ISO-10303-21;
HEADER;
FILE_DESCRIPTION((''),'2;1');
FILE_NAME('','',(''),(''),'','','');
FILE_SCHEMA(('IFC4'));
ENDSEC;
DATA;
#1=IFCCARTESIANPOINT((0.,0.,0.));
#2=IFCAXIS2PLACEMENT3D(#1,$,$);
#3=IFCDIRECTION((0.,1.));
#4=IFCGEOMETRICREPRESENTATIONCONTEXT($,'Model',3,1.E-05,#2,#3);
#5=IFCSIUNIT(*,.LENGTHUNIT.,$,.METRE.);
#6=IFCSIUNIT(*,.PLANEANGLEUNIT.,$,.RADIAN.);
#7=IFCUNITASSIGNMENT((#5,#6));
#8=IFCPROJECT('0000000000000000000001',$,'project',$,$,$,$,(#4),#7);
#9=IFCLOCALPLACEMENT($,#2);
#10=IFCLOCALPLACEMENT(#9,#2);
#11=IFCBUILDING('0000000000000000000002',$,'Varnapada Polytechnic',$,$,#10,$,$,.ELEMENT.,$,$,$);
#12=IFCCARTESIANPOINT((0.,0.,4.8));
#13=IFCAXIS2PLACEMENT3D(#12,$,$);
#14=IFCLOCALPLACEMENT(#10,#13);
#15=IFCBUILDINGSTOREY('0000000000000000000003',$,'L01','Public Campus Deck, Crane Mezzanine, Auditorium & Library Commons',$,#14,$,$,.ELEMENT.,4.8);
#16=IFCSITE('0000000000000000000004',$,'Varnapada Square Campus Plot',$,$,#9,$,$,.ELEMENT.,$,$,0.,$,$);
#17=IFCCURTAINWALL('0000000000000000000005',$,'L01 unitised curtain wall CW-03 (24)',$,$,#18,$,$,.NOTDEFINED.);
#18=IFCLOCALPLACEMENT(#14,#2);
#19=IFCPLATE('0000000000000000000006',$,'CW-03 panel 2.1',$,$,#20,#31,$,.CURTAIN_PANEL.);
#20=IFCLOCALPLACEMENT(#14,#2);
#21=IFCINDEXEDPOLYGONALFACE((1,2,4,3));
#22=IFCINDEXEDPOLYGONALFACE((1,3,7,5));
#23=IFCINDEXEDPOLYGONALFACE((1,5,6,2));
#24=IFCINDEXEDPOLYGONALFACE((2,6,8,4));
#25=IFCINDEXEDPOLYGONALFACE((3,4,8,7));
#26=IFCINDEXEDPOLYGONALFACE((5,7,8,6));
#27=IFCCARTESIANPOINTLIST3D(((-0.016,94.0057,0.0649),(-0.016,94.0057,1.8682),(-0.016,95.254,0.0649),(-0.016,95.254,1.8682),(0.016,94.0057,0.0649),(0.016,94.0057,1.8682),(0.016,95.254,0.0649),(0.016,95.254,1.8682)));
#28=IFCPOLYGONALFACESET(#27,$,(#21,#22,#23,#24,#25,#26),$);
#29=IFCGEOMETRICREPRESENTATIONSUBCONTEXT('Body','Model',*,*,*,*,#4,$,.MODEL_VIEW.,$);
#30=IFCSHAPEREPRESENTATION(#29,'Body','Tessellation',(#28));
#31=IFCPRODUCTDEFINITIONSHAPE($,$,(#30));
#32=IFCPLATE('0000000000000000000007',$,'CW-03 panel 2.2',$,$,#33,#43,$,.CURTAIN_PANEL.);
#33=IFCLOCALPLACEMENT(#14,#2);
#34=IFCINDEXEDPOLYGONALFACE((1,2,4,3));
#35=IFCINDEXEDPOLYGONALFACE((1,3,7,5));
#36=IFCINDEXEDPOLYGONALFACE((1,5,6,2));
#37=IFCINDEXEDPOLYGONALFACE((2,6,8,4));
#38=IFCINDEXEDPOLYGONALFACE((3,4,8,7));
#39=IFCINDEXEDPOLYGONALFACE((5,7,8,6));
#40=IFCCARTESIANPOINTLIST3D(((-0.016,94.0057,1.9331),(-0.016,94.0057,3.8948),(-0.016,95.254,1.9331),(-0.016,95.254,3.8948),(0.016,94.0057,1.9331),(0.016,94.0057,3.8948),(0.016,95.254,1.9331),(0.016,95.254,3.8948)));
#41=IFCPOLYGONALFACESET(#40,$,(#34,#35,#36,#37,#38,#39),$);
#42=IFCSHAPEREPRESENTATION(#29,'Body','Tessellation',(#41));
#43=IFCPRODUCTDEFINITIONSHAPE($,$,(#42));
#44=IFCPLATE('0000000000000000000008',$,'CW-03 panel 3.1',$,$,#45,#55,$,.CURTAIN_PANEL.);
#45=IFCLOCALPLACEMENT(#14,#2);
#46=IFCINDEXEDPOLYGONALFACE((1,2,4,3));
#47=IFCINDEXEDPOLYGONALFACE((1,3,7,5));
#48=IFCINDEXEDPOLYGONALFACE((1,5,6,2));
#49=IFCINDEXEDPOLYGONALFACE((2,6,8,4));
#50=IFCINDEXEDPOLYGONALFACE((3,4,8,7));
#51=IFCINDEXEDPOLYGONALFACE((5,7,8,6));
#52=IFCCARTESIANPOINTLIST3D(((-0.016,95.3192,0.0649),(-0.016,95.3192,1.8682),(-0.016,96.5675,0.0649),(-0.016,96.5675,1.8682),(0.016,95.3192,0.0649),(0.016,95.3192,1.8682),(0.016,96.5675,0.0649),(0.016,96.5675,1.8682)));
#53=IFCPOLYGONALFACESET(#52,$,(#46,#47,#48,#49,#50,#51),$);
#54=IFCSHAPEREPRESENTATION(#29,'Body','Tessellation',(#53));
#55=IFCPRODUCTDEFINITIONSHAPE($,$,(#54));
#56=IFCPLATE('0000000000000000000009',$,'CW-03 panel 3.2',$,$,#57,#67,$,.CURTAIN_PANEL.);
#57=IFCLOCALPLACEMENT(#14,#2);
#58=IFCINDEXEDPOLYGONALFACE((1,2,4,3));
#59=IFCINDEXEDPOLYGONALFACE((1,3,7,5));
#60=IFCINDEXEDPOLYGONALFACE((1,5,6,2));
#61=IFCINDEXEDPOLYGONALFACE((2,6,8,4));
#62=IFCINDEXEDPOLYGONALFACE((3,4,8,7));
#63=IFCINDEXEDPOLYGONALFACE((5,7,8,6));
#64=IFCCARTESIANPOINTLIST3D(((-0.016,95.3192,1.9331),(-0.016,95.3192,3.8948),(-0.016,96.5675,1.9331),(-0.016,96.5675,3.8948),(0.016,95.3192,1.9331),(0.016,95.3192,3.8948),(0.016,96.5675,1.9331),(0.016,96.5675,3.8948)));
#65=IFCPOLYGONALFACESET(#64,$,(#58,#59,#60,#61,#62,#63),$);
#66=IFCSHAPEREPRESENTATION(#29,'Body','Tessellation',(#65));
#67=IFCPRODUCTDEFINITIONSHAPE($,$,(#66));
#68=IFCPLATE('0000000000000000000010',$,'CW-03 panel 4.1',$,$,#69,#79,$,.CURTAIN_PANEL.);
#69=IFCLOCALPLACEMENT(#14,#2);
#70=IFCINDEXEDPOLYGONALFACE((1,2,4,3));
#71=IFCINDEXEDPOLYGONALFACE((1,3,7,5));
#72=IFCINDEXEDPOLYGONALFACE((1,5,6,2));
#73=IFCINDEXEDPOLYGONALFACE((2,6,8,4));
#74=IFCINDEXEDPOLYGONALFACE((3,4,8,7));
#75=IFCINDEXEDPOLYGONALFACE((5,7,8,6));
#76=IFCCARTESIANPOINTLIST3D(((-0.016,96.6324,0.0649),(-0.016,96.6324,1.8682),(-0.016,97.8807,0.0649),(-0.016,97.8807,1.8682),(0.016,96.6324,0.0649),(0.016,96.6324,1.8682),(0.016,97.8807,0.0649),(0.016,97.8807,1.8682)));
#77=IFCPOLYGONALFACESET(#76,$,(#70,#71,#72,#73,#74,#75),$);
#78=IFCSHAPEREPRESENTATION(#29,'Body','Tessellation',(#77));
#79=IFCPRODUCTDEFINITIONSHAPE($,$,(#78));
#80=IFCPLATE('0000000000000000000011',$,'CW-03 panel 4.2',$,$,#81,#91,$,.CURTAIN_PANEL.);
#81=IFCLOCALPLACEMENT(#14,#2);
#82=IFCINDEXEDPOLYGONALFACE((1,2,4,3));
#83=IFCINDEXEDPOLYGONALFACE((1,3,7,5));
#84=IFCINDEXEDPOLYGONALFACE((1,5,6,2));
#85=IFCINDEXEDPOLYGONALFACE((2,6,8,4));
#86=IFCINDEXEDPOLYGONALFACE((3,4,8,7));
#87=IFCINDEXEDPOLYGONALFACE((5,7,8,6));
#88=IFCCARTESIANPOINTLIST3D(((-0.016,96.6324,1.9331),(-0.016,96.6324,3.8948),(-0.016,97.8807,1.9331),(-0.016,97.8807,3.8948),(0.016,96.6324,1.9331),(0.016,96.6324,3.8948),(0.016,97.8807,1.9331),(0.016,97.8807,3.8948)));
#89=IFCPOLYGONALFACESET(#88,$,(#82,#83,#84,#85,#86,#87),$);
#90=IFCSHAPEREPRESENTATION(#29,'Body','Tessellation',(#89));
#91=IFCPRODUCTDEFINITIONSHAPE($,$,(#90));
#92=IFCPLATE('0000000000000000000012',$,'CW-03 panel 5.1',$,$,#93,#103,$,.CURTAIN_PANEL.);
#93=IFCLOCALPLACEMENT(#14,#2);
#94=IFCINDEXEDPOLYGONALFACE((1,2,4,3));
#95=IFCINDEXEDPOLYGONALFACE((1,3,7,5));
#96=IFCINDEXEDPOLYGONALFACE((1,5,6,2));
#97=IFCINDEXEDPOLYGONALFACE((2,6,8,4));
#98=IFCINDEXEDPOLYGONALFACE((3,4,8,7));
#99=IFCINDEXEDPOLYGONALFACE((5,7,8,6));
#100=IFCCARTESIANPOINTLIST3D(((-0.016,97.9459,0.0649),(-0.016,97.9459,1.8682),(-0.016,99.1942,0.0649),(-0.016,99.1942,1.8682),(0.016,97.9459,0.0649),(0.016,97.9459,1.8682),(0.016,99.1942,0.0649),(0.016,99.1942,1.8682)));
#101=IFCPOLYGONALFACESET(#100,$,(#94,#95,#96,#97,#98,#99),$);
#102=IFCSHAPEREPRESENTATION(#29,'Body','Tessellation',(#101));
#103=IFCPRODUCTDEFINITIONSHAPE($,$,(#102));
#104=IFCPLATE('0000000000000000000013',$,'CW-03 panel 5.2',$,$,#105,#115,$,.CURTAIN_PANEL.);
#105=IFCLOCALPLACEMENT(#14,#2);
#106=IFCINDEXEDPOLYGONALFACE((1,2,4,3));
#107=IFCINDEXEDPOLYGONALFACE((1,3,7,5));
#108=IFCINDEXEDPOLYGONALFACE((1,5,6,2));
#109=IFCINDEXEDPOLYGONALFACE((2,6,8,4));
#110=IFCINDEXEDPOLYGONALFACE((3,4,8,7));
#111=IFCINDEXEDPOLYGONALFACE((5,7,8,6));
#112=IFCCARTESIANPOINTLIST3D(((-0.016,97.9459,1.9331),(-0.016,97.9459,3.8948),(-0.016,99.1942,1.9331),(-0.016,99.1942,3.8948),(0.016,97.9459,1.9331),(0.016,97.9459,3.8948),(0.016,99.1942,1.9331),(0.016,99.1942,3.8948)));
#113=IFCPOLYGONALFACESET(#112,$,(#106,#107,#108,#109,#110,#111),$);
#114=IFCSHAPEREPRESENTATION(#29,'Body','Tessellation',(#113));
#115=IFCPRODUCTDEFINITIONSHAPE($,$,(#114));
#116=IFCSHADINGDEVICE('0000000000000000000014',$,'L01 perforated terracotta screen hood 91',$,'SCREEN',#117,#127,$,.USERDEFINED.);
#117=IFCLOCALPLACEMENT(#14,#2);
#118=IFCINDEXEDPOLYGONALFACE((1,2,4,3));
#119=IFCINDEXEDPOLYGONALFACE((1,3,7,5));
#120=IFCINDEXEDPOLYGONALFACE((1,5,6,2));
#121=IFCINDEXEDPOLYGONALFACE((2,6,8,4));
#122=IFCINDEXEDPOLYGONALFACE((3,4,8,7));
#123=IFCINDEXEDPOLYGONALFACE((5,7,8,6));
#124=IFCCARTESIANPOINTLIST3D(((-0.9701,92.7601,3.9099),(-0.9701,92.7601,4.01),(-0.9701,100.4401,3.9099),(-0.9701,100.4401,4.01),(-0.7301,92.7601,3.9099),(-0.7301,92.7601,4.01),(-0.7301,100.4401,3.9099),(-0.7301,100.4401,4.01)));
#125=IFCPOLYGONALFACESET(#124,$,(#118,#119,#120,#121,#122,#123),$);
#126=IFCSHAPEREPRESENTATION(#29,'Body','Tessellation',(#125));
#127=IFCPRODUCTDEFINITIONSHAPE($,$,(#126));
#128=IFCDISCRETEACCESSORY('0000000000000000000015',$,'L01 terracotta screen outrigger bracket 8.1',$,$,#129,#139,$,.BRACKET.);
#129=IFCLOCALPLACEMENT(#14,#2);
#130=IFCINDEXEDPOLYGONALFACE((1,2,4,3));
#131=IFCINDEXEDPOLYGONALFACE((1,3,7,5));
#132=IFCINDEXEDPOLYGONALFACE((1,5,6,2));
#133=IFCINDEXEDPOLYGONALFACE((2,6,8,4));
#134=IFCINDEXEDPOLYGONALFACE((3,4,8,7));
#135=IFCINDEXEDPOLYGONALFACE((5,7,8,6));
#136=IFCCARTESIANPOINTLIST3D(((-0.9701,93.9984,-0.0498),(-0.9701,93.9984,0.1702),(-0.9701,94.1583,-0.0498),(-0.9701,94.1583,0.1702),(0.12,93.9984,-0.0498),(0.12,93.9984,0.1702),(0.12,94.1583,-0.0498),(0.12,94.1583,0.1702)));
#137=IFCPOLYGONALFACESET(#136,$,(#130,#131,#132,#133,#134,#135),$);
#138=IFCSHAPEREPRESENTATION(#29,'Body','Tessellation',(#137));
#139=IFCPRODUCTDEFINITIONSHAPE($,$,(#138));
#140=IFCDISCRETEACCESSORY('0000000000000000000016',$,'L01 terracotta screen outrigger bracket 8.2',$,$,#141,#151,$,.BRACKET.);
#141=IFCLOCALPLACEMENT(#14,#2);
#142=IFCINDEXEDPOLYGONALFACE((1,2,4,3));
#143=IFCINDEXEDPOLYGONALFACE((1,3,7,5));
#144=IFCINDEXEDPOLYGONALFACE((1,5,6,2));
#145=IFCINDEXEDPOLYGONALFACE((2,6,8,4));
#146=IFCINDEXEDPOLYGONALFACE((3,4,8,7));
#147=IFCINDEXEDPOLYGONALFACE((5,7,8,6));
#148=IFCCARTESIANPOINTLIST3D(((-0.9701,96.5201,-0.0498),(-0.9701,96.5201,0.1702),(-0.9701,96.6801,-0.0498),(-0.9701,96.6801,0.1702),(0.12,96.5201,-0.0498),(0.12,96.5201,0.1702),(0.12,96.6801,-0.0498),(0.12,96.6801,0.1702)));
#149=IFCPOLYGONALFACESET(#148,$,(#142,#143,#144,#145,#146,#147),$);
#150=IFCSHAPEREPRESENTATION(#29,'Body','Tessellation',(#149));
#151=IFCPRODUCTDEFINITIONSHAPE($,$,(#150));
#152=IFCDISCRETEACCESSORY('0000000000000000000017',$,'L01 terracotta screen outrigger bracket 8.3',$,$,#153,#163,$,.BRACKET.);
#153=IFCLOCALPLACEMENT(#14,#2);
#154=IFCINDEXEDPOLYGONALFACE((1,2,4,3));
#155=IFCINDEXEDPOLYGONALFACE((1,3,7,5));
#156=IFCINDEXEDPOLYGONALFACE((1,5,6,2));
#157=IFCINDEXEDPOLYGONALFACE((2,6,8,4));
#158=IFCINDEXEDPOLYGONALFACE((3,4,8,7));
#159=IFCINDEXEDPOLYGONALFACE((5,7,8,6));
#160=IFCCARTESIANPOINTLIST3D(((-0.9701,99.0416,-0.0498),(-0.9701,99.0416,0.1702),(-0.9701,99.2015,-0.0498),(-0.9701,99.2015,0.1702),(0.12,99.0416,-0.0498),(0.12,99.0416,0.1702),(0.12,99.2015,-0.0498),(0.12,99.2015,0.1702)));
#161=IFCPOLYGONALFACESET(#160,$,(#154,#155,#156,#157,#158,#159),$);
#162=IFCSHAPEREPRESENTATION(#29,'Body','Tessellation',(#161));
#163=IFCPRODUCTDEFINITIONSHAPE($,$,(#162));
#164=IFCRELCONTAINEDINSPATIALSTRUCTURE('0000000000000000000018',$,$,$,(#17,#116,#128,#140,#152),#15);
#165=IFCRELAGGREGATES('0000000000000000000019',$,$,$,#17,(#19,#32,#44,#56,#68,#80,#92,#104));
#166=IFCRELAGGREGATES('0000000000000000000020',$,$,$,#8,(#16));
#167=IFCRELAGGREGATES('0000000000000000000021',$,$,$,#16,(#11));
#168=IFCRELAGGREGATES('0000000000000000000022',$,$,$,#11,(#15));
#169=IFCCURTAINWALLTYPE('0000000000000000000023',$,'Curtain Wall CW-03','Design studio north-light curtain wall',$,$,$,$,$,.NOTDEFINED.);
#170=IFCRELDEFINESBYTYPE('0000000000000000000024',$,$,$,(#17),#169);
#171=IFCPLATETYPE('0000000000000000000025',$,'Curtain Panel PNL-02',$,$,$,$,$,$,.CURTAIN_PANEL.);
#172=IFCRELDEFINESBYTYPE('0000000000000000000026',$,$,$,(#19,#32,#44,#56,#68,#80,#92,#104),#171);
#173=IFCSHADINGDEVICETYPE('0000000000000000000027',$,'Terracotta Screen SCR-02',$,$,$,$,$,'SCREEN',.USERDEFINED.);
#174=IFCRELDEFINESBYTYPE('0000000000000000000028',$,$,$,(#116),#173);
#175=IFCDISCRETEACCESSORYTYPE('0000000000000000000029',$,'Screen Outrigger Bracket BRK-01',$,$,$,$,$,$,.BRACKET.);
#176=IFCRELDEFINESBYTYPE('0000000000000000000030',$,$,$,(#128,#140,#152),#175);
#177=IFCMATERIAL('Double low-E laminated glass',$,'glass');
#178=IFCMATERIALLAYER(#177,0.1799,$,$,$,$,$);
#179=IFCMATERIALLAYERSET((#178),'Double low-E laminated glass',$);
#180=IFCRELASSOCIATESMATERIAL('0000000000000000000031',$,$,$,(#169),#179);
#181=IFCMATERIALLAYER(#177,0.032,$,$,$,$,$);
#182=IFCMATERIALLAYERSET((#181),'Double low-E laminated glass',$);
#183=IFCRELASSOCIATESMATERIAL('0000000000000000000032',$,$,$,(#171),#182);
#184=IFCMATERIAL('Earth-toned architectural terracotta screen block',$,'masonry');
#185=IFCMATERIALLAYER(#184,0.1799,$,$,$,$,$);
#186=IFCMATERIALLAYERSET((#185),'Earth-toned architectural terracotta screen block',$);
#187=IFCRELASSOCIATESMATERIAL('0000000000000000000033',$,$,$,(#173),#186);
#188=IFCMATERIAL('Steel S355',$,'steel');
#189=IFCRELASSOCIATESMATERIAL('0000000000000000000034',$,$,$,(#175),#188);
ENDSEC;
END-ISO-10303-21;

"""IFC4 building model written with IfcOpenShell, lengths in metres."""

from ifc_helpers import new_model, si_unit, direction, frame, origin, origin_2d, place, context, subcontext, project, spatial, rectangle, extrude, material, layer, layer_set, type_object, element, aggregate, save


model = new_model("IFC4")

# Units and contexts
model_context = context("Model", 3, precision=1e-05, world=origin(), true_north=direction((0.0, 1.0)))
body_context = subcontext(model_context, "Body", "Model", "MODEL_VIEW")
ifc_project = project(units=[si_unit("LENGTHUNIT", "METRE"), si_unit("PLANEANGLEUNIT", "RADIAN")], contexts=[model_context])

# Site, building, storey
site_placement = place(None, origin())
site = spatial("IfcSite", under=ifc_project, at=site_placement, Name="Varnapada Square Campus Plot", CompositionType="ELEMENT", RefElevation=0.0)
building_placement = place(site_placement, origin())
building = spatial("IfcBuilding", under=site, at=building_placement, Name="Varnapada Polytechnic", CompositionType="ELEMENT")
storey_placement = place(building_placement, frame((0.0, 0.0, 4.8)))
storey = spatial("IfcBuildingStorey", under=building, at=storey_placement, Name="L01", Description="Public Campus Deck, Crane Mezzanine, Auditorium & Library Commons", CompositionType="ELEMENT", Elevation=4.8)

# Curtain wall, plates
ifc_material_1 = material(Name="Double low-E laminated glass", Category="glass")
ifc_layer_1 = layer(ifc_material_1, 0.1799)
ifc_layer_set_1 = layer_set([ifc_layer_1], Name="Double low-E laminated glass")
curtain_wall_type = type_object("IfcCurtainWallType", Name="Curtain Wall CW-03", Description="Design studio north-light curtain wall", PredefinedType="NOTDEFINED", material=ifc_layer_set_1)
curtain_wall_placement = place(storey_placement, origin())
curtain_wall = element("IfcCurtainWall", 1, at=curtain_wall_placement, inside=storey, type_object=curtain_wall_type, Name="L01 unitised curtain wall CW-03 (24)", PredefinedType="NOTDEFINED")
ifc_layer_2 = layer(ifc_material_1, 0.032)
ifc_layer_set_2 = layer_set([ifc_layer_2], Name="Double low-E laminated glass")
plate_type = type_object("IfcPlateType", Name="Curtain Panel PNL-02", PredefinedType="CURTAIN_PANEL", material=ifc_layer_set_2)
plate_1_placement = place(storey_placement, frame((0.0, 94.6299, 0.0649), z_axis=(0.0, 0.0, 1.0), x_axis=(0.0, 1.0, 0.0)))
plate_1 = element("IfcPlate", 2, at=plate_1_placement, type_object=plate_type, Name="CW-03 panel 2.1", PredefinedType="CURTAIN_PANEL", context=body_context, shape_type="SweptSolid", body=[
    extrude(rectangle(XDim=1.2483, YDim=0.032, at=origin_2d()), origin(), (0.0, 0.0, 1.0), 1.8032),
])
plate_2_placement = place(storey_placement, frame((0.0, 94.6299, 1.9331), z_axis=(0.0, 0.0, 1.0), x_axis=(0.0, 1.0, 0.0)))
plate_2 = element("IfcPlate", 3, at=plate_2_placement, type_object=plate_type, Name="CW-03 panel 2.2", PredefinedType="CURTAIN_PANEL", context=body_context, shape_type="SweptSolid", body=[
    extrude(rectangle(XDim=1.2483, YDim=0.032, at=origin_2d()), origin(), (0.0, 0.0, 1.0), 1.9617),
])
plate_3_placement = place(storey_placement, frame((0.0, 95.9434, 0.0649), z_axis=(0.0, 0.0, 1.0), x_axis=(0.0, 1.0, 0.0)))
plate_3 = element("IfcPlate", 4, at=plate_3_placement, type_object=plate_type, Name="CW-03 panel 3.1", PredefinedType="CURTAIN_PANEL", context=body_context, shape_type="SweptSolid", body=[
    extrude(rectangle(XDim=1.2483, YDim=0.032, at=origin_2d()), origin(), (0.0, 0.0, 1.0), 1.8032),
])
plate_4_placement = place(storey_placement, frame((0.0, 95.9434, 1.9331), z_axis=(0.0, 0.0, 1.0), x_axis=(0.0, 1.0, 0.0)))
plate_4 = element("IfcPlate", 5, at=plate_4_placement, type_object=plate_type, Name="CW-03 panel 3.2", PredefinedType="CURTAIN_PANEL", context=body_context, shape_type="SweptSolid", body=[
    extrude(rectangle(XDim=1.2483, YDim=0.032, at=origin_2d()), origin(), (0.0, 0.0, 1.0), 1.9617),
])
plate_5_placement = place(storey_placement, frame((0.0, 97.2566, 0.0649), z_axis=(0.0, 0.0, 1.0), x_axis=(0.0, 1.0, 0.0)))
plate_5 = element("IfcPlate", 6, at=plate_5_placement, type_object=plate_type, Name="CW-03 panel 4.1", PredefinedType="CURTAIN_PANEL", context=body_context, shape_type="SweptSolid", body=[
    extrude(rectangle(XDim=1.2483, YDim=0.032, at=origin_2d()), origin(), (0.0, 0.0, 1.0), 1.8032),
])
plate_6_placement = place(storey_placement, frame((0.0, 97.2566, 1.9331), z_axis=(0.0, 0.0, 1.0), x_axis=(0.0, 1.0, 0.0)))
plate_6 = element("IfcPlate", 7, at=plate_6_placement, type_object=plate_type, Name="CW-03 panel 4.2", PredefinedType="CURTAIN_PANEL", context=body_context, shape_type="SweptSolid", body=[
    extrude(rectangle(XDim=1.2483, YDim=0.032, at=origin_2d()), origin(), (0.0, 0.0, 1.0), 1.9617),
])
plate_7_placement = place(storey_placement, frame((0.0, 98.5701, 0.0649), z_axis=(0.0, 0.0, 1.0), x_axis=(0.0, 1.0, 0.0)))
plate_7 = element("IfcPlate", 8, at=plate_7_placement, type_object=plate_type, Name="CW-03 panel 5.1", PredefinedType="CURTAIN_PANEL", context=body_context, shape_type="SweptSolid", body=[
    extrude(rectangle(XDim=1.2483, YDim=0.032, at=origin_2d()), origin(), (0.0, 0.0, 1.0), 1.8032),
])
plate_8_placement = place(storey_placement, frame((0.0, 98.5701, 1.9331), z_axis=(0.0, 0.0, 1.0), x_axis=(0.0, 1.0, 0.0)))
plate_8 = element("IfcPlate", 9, at=plate_8_placement, type_object=plate_type, Name="CW-03 panel 5.2", PredefinedType="CURTAIN_PANEL", context=body_context, shape_type="SweptSolid", body=[
    extrude(rectangle(XDim=1.2483, YDim=0.032, at=origin_2d()), origin(), (0.0, 0.0, 1.0), 1.9617),
])
aggregate(curtain_wall, [plate_1, plate_2, plate_3, plate_4, plate_5, plate_6, plate_7, plate_8])

# Shading device
ifc_material_2 = material(Name="Earth-toned architectural terracotta screen block", Category="masonry")
ifc_layer_3 = layer(ifc_material_2, 0.1799)
ifc_layer_set_3 = layer_set([ifc_layer_3], Name="Earth-toned architectural terracotta screen block")
shading_device_type = type_object("IfcShadingDeviceType", Name="Terracotta Screen SCR-02", ElementType="SCREEN", PredefinedType="USERDEFINED", material=ifc_layer_set_3)
shading_device_placement = place(storey_placement, frame((-0.8501, 96.6001, 3.9099), z_axis=(0.0, 0.0, 1.0), x_axis=(0.0, 1.0, 0.0)))
element("IfcShadingDevice", 10, at=shading_device_placement, inside=storey, type_object=shading_device_type, Name="L01 perforated terracotta screen hood 91", ObjectType="SCREEN", PredefinedType="USERDEFINED", context=body_context, shape_type="SweptSolid", body=[
    extrude(rectangle(XDim=7.6799, YDim=0.24, at=origin_2d()), origin(), (0.0, 0.0, 1.0), 0.1001),
])

# Discrete accessories
ifc_material_3 = material(Name="Steel S355", Category="steel")
discrete_accessory_type = type_object("IfcDiscreteAccessoryType", Name="Screen Outrigger Bracket BRK-01", PredefinedType="BRACKET", material=ifc_material_3)
for number, where, z_axis, x_axis, name in (
    (11, (-0.425, 94.0784, -0.0498), (0.0, 0.0, 1.0), (0.0, 1.0, 0.0), "L01 terracotta screen outrigger bracket 8.1"),
    (12, (-0.425, 96.6001, -0.0498), (0.0, 0.0, 1.0), (0.0, 1.0, 0.0), "L01 terracotta screen outrigger bracket 8.2"),
    (13, (-0.425, 99.1216, -0.0498), (0.0, 0.0, 1.0), (0.0, 1.0, 0.0), "L01 terracotta screen outrigger bracket 8.3"),
):
    element("IfcDiscreteAccessory", number, at=place(storey_placement, frame(where, z_axis=z_axis, x_axis=x_axis)), inside=storey, type_object=discrete_accessory_type, Name=name, PredefinedType="BRACKET", context=body_context, shape_type="SweptSolid", body=[
        extrude(rectangle(XDim=0.1599, YDim=1.0901, at=origin_2d()), origin(), (0.0, 0.0, 1.0), 0.22),
    ])

save(model, "model.ifc")
